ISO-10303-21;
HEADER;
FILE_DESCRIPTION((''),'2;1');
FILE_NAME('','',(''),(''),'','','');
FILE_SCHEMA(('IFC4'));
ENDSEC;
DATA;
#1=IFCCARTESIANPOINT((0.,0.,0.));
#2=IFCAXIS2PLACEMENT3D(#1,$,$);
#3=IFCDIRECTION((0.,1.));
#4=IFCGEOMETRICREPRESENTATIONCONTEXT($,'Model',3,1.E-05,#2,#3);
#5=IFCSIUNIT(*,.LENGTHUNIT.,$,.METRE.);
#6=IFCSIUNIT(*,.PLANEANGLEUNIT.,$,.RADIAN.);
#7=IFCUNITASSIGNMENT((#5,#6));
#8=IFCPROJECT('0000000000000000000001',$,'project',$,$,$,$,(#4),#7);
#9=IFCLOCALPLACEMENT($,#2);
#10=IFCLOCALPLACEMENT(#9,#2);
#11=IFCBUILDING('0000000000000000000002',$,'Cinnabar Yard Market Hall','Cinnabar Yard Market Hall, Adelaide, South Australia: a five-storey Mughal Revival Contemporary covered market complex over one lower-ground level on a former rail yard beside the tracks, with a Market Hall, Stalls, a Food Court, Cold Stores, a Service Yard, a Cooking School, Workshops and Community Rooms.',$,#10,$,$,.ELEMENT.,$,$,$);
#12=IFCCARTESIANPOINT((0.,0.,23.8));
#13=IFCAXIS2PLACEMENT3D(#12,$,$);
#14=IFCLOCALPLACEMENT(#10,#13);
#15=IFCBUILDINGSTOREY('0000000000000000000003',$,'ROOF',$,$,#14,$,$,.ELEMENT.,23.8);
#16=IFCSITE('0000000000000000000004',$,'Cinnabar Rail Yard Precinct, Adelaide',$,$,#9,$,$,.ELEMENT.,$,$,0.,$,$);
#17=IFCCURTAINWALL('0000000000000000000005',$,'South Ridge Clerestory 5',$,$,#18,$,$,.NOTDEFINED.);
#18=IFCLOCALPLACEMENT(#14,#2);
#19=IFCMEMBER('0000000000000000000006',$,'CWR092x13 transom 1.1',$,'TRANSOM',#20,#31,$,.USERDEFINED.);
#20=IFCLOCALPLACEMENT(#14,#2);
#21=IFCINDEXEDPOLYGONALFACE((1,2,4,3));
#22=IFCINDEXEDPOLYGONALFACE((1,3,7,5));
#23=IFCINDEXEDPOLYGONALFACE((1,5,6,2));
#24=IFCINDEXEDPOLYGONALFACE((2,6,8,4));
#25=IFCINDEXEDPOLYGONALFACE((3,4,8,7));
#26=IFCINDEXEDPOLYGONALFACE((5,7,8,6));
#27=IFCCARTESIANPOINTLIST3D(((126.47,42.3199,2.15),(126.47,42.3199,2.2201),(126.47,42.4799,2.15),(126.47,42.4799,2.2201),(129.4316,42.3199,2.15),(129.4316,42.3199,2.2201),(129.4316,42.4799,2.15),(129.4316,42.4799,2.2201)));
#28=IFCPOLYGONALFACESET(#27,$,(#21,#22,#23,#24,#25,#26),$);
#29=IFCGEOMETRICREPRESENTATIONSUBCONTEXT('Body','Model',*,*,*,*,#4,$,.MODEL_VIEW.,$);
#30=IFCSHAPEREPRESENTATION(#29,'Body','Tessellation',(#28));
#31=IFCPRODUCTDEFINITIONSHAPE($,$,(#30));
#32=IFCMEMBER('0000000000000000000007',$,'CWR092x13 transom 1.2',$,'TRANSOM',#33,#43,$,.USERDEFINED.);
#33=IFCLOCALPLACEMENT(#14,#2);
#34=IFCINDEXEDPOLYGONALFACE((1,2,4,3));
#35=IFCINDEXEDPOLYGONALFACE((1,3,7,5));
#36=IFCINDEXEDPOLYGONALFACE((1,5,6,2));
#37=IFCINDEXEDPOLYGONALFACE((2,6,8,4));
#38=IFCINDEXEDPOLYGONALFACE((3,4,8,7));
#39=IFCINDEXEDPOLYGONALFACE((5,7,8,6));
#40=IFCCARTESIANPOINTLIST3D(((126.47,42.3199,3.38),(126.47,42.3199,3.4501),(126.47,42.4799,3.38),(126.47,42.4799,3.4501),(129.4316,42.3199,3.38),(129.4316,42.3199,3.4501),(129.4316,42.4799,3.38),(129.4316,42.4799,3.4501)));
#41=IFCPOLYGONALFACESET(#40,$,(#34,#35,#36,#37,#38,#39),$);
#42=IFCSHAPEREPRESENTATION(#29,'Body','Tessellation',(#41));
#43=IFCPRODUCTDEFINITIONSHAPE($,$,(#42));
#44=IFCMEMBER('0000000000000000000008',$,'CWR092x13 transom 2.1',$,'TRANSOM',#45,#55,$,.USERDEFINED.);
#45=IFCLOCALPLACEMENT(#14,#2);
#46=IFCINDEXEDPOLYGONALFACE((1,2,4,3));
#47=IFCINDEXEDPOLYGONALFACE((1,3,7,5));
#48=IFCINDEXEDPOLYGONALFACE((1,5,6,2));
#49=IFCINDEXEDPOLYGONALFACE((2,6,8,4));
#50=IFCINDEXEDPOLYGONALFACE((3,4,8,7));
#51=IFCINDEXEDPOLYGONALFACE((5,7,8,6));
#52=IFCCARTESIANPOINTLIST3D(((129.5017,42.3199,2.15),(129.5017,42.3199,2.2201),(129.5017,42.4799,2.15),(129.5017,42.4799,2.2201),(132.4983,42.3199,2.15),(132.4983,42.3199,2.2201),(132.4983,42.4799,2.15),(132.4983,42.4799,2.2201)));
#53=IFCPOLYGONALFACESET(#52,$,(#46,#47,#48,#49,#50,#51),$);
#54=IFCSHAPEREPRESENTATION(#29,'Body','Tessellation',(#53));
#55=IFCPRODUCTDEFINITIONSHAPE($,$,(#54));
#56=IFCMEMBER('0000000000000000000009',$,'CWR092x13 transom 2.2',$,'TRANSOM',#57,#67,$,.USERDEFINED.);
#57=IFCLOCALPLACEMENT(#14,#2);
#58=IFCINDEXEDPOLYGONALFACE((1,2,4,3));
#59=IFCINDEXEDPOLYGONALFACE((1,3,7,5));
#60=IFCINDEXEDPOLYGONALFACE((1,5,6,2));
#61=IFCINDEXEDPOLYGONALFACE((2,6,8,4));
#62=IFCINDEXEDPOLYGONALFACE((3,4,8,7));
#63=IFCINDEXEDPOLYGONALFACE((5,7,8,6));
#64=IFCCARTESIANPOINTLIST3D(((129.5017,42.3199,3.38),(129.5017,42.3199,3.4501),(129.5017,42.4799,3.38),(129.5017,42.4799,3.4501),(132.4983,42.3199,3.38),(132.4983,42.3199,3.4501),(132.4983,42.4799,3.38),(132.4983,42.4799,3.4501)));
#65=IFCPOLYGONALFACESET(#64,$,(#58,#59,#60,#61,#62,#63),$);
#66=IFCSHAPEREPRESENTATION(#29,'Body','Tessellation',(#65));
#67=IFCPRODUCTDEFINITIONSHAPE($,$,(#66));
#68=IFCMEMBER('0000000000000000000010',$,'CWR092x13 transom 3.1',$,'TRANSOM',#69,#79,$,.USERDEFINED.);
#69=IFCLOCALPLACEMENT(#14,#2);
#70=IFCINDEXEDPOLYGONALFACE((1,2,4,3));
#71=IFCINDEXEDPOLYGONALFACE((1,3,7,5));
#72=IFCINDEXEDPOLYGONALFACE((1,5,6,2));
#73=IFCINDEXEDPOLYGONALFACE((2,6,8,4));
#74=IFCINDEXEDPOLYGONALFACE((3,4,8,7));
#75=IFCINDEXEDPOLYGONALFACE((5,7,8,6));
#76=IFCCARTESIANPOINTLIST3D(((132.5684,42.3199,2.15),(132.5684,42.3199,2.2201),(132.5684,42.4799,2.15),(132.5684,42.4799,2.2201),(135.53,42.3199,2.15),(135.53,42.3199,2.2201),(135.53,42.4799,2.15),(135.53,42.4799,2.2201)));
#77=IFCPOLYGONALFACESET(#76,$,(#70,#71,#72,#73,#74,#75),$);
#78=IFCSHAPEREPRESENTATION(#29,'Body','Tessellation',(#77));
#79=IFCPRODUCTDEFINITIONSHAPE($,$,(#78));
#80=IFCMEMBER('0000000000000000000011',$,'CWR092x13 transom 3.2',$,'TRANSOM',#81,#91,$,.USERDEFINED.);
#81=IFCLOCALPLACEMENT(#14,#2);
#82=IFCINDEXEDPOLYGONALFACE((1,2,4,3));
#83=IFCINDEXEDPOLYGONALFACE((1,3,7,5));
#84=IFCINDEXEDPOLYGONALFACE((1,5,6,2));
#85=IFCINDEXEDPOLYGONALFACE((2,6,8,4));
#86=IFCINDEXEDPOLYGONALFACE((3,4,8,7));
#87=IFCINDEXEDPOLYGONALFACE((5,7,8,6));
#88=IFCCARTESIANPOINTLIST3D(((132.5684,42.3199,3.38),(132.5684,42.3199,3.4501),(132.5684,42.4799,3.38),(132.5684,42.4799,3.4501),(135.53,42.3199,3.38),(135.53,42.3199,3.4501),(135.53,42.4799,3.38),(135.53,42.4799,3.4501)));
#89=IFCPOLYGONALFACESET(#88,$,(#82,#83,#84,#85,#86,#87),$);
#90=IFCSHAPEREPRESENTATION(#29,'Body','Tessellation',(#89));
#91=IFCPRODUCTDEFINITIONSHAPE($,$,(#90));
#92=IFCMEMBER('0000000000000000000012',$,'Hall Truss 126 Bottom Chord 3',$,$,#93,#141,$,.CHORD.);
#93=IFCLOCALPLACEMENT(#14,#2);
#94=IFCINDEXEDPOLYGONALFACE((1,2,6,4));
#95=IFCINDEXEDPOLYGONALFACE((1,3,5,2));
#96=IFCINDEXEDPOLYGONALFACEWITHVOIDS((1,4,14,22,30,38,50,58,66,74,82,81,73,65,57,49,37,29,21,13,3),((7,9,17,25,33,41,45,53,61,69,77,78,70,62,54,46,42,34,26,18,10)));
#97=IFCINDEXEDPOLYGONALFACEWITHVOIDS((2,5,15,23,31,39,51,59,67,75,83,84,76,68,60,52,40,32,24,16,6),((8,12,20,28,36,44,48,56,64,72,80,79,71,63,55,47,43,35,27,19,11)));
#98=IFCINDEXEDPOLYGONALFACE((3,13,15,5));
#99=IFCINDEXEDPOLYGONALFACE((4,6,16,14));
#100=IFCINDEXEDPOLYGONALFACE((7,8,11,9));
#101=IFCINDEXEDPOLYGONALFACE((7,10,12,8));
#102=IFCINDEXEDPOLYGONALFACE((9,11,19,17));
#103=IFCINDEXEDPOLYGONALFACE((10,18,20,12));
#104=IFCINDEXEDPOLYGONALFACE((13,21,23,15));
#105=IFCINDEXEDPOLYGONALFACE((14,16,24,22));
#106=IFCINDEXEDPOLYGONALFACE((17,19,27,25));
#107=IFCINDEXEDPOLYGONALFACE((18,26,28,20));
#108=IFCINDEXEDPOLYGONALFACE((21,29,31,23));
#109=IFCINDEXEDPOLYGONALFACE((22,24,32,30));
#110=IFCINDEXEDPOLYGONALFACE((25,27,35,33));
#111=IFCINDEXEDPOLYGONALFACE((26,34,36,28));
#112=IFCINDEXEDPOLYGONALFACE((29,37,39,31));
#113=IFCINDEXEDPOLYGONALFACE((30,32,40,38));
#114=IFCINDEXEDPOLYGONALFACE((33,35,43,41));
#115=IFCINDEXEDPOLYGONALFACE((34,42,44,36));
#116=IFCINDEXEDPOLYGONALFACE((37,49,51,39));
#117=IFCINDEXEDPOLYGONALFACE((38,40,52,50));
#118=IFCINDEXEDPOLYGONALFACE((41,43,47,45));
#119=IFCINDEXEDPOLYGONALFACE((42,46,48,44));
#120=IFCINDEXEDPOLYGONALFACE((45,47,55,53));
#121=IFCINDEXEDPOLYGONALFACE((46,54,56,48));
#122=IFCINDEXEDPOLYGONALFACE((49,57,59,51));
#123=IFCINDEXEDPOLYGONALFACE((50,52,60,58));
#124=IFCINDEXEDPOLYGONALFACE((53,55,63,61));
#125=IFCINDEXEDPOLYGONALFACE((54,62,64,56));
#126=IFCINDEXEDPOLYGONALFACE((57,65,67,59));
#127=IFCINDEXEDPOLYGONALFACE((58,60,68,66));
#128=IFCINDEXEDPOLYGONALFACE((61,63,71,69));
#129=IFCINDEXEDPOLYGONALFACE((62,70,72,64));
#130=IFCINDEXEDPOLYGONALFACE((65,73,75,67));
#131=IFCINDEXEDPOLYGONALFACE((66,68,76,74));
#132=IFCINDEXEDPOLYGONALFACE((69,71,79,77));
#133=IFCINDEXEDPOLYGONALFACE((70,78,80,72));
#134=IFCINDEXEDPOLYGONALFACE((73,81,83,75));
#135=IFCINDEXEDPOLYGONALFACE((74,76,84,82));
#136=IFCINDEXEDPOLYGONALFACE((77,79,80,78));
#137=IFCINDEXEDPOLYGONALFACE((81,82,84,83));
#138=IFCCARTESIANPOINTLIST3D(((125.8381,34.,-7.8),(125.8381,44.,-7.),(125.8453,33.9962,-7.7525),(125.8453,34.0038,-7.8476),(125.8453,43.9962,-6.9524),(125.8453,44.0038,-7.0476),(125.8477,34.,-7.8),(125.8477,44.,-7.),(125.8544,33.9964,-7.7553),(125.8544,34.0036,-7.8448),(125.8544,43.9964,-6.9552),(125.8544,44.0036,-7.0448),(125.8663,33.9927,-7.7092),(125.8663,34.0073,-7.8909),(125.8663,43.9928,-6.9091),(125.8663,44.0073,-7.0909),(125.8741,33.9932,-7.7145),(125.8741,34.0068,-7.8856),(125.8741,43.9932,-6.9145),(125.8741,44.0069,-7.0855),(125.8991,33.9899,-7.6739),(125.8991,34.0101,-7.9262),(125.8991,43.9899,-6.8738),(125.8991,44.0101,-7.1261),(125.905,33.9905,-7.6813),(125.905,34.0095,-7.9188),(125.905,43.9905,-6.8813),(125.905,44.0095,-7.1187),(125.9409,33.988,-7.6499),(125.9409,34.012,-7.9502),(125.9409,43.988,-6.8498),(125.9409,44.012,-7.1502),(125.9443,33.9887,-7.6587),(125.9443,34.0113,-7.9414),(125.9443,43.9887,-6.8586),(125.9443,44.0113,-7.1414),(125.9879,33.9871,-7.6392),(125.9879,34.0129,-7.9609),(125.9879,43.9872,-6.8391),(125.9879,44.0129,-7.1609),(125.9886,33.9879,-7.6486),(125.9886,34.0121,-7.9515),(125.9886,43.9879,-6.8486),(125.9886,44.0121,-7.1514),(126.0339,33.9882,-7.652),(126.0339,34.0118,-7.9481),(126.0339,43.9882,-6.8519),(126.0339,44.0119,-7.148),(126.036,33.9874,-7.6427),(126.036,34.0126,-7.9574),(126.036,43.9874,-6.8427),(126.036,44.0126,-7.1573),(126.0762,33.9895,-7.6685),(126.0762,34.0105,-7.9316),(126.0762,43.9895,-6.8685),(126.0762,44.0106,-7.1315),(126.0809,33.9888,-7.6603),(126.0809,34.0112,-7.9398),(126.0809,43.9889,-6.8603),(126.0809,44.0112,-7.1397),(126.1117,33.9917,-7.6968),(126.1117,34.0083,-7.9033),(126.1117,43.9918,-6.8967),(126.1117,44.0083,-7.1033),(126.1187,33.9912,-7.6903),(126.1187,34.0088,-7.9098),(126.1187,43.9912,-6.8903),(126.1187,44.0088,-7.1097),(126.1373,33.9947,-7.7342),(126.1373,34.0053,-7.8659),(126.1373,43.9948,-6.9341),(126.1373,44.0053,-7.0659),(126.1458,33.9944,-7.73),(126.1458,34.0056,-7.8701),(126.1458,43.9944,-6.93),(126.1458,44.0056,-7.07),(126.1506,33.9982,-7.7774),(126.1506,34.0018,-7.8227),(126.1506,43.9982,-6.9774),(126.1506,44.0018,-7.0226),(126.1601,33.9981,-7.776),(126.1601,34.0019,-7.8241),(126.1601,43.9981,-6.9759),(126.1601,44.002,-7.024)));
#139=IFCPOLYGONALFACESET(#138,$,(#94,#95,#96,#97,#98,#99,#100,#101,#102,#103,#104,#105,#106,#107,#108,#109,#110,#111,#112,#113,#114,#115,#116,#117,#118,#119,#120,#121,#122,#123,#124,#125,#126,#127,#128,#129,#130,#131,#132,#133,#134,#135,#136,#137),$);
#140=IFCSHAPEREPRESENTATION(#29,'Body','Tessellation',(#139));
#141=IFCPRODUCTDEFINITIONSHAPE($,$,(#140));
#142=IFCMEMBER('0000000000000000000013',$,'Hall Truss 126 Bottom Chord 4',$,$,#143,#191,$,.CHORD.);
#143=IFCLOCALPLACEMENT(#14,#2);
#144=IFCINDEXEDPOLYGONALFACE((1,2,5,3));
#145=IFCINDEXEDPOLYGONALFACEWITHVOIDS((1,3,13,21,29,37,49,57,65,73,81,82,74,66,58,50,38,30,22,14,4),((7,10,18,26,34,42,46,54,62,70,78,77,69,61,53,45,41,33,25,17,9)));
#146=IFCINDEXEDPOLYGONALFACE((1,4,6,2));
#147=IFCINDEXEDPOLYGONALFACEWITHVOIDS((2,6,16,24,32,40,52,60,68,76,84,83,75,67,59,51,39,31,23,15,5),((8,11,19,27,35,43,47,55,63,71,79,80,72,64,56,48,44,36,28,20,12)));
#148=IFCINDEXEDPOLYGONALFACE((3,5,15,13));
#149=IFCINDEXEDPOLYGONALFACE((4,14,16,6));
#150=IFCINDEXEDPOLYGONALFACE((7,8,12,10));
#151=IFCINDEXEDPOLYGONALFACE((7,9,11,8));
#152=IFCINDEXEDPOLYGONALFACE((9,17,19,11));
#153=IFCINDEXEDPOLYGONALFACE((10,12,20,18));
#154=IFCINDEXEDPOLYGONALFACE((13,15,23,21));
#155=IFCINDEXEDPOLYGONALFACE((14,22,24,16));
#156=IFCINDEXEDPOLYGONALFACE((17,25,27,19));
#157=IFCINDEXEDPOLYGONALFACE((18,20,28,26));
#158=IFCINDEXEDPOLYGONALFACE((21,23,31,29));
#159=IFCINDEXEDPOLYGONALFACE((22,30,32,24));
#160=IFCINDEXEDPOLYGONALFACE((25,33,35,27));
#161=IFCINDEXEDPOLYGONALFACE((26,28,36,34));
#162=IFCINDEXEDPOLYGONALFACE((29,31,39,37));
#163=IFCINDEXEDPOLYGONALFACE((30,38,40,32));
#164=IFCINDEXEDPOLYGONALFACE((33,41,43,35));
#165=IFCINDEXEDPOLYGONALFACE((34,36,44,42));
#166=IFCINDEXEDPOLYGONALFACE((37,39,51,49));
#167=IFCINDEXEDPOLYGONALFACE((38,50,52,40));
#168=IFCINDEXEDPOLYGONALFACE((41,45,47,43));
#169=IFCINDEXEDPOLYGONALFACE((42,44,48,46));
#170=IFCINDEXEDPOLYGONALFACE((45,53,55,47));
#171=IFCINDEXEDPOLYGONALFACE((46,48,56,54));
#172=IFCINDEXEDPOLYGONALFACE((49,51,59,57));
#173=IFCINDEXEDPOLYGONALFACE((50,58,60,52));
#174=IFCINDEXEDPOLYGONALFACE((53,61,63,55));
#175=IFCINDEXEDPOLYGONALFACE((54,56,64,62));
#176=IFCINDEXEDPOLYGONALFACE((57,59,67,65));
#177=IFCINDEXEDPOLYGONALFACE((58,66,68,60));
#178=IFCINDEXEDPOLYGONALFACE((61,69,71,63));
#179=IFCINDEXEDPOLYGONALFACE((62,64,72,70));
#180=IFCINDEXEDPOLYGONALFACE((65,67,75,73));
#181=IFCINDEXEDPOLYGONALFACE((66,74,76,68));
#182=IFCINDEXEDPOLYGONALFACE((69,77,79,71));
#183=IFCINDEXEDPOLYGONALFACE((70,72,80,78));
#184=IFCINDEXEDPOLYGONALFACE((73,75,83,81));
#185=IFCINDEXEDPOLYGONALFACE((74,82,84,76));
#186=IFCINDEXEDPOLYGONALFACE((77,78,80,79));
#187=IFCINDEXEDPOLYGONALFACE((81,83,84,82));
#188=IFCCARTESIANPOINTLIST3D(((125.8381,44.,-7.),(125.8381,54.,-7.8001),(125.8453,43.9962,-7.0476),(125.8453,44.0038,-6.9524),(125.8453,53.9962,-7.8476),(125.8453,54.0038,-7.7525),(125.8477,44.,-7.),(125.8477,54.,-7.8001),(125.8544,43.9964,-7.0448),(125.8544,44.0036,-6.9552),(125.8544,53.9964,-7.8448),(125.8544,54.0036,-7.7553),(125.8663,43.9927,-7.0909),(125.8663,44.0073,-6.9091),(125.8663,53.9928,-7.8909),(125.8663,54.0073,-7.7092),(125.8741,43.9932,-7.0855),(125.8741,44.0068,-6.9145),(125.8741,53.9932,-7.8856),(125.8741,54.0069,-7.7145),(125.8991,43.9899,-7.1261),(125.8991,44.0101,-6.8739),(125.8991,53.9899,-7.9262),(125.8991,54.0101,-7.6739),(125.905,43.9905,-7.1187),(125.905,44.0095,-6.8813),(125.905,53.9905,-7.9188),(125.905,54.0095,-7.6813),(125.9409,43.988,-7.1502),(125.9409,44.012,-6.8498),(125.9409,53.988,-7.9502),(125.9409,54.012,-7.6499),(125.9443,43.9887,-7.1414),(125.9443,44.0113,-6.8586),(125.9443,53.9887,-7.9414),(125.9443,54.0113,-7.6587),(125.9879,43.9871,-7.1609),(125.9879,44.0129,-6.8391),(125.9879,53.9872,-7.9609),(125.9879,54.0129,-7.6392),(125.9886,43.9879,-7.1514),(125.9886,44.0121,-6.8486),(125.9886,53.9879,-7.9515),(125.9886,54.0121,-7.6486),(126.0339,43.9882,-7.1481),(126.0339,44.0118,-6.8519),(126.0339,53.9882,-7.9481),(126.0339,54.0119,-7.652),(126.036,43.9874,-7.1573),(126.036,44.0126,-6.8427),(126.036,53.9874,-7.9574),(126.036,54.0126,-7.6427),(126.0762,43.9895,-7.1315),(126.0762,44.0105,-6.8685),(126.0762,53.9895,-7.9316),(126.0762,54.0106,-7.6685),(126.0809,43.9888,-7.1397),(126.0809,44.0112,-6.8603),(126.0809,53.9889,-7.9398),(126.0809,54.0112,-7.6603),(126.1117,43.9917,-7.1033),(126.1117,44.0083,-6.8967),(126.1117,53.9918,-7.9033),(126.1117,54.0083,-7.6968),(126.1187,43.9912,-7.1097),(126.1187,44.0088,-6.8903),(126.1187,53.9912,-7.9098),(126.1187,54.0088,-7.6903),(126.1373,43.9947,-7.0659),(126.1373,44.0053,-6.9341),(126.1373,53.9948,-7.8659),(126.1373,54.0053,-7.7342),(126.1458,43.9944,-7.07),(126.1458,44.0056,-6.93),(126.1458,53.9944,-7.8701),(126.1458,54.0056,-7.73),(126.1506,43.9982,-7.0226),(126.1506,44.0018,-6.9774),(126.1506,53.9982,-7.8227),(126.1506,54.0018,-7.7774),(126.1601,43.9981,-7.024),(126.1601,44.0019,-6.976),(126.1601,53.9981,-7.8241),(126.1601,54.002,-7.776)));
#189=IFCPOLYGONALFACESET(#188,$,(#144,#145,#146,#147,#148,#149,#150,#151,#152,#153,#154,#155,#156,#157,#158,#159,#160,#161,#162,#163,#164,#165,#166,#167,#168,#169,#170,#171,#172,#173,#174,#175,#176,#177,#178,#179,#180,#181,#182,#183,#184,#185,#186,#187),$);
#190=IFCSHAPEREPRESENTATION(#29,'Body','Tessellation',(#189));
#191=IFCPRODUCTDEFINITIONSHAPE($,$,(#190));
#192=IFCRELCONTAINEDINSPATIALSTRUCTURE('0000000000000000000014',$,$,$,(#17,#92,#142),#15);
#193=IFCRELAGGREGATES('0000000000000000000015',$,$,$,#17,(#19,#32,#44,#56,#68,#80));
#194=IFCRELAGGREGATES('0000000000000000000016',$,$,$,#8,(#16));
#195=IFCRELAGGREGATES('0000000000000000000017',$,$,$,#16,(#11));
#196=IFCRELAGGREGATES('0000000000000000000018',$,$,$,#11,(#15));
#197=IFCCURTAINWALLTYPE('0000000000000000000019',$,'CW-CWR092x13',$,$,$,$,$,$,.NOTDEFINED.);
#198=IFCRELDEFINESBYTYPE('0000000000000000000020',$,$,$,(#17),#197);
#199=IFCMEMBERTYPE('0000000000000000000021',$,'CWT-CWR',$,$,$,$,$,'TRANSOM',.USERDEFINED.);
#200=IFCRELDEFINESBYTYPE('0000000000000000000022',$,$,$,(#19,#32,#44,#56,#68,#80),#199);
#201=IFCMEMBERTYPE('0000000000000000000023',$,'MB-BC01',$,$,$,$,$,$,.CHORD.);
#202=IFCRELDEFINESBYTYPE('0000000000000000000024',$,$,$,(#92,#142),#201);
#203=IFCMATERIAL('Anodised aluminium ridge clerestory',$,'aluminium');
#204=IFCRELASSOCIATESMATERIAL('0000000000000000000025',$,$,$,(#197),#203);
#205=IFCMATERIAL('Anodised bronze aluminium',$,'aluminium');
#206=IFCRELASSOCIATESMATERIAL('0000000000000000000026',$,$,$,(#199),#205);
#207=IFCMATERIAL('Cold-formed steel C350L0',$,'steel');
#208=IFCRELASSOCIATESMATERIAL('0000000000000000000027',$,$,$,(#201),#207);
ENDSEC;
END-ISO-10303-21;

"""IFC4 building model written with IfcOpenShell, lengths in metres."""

from ifc_helpers import new_model, si_unit, direction, frame, origin, origin_2d_with_axis, place, context, subcontext, project, spatial, rectangle, hollow_circle, extrude, material, material_profile, profile_set, type_object, element, aggregate, save


model = new_model("IFC4")

# Units and contexts
model_context = context("Model", 3, precision=1e-05, world=origin(), true_north=direction((0.0, 1.0)))
body_context = subcontext(model_context, "Body", "Model", "MODEL_VIEW")
ifc_project = project(units=[si_unit("LENGTHUNIT", "METRE"), si_unit("PLANEANGLEUNIT", "RADIAN")], contexts=[model_context])

# Site, building, storey
site_placement = place(None, origin())
site = spatial("IfcSite", under=ifc_project, at=site_placement, Name="Cinnabar Rail Yard Precinct, Adelaide", CompositionType="ELEMENT", RefElevation=0.0)
building_placement = place(site_placement, origin())
building = spatial("IfcBuilding", under=site, at=building_placement, Name="Cinnabar Yard Market Hall", Description="Cinnabar Yard Market Hall, Adelaide, South Australia: a five-storey Mughal Revival Contemporary covered market complex over one lower-ground level on a former rail yard beside the tracks, with a Market Hall, Stalls, a Food Court, Cold Stores, a Service Yard, a Cooking School, Workshops and Community Rooms.", CompositionType="ELEMENT")
storey_placement = place(building_placement, frame((0.0, 0.0, 23.8)))
storey = spatial("IfcBuildingStorey", under=building, at=storey_placement, Name="ROOF", CompositionType="ELEMENT", Elevation=23.8)

# Curtain wall, members
ifc_material_1 = material(Name="Anodised aluminium ridge clerestory", Category="aluminium")
curtain_wall_type = type_object("IfcCurtainWallType", Name="CW-CWR092x13", PredefinedType="NOTDEFINED", material=ifc_material_1)
curtain_wall_placement = place(storey_placement, origin())
curtain_wall = element("IfcCurtainWall", 1, at=curtain_wall_placement, inside=storey, type_object=curtain_wall_type, Name="South Ridge Clerestory 5", PredefinedType="NOTDEFINED")
ifc_material_2 = material(Name="Anodised bronze aluminium", Category="aluminium")
ifc_material_profile_1 = material_profile(ifc_material_2, rectangle(XDim=0.1599, YDim=0.0701, at=origin_2d_with_axis()), Name="TRN-CWR")
ifc_profile_set_1 = profile_set([ifc_material_profile_1], Name="Anodised bronze aluminium")
member_type_1 = type_object("IfcMemberType", Name="CWT-CWR", ElementType="TRANSOM", PredefinedType="USERDEFINED", material=ifc_profile_set_1)
member_1_placement = place(storey_placement, frame((126.47, 42.3999, 2.1851), z_axis=(1.0, 0.0, 0.0), x_axis=(0.0, 1.0, 0.0)))
member_1 = element("IfcMember", 2, at=member_1_placement, type_object=member_type_1, Name="CWR092x13 transom 1.1", ObjectType="TRANSOM", PredefinedType="USERDEFINED", context=body_context, shape_type="SweptSolid", body=[
    extrude(rectangle(XDim=0.1599, YDim=0.0701, at=origin_2d_with_axis()), origin(), (0.0, 0.0, 1.0), 2.9617),
])
member_2_placement = place(storey_placement, frame((126.47, 42.3999, 3.415), z_axis=(1.0, 0.0, 0.0), x_axis=(0.0, 1.0, 0.0)))
member_2 = element("IfcMember", 3, at=member_2_placement, type_object=member_type_1, Name="CWR092x13 transom 1.2", ObjectType="TRANSOM", PredefinedType="USERDEFINED", context=body_context, shape_type="SweptSolid", body=[
    extrude(rectangle(XDim=0.1599, YDim=0.0701, at=origin_2d_with_axis()), origin(), (0.0, 0.0, 1.0), 2.9617),
])
member_3_placement = place(storey_placement, frame((129.5017, 42.3999, 2.1851), z_axis=(1.0, 0.0, 0.0), x_axis=(0.0, 1.0, 0.0)))
member_3 = element("IfcMember", 4, at=member_3_placement, type_object=member_type_1, Name="CWR092x13 transom 2.1", ObjectType="TRANSOM", PredefinedType="USERDEFINED", context=body_context, shape_type="SweptSolid", body=[
    extrude(rectangle(XDim=0.1599, YDim=0.0701, at=origin_2d_with_axis()), origin(), (0.0, 0.0, 1.0), 2.9966),
])
member_4_placement = place(storey_placement, frame((129.5017, 42.3999, 3.415), z_axis=(1.0, 0.0, 0.0), x_axis=(0.0, 1.0, 0.0)))
member_4 = element("IfcMember", 5, at=member_4_placement, type_object=member_type_1, Name="CWR092x13 transom 2.2", ObjectType="TRANSOM", PredefinedType="USERDEFINED", context=body_context, shape_type="SweptSolid", body=[
    extrude(rectangle(XDim=0.1599, YDim=0.0701, at=origin_2d_with_axis()), origin(), (0.0, 0.0, 1.0), 2.9966),
])
member_5_placement = place(storey_placement, frame((132.5684, 42.3999, 2.1851), z_axis=(1.0, 0.0, 0.0), x_axis=(0.0, 1.0, 0.0)))
member_5 = element("IfcMember", 6, at=member_5_placement, type_object=member_type_1, Name="CWR092x13 transom 3.1", ObjectType="TRANSOM", PredefinedType="USERDEFINED", context=body_context, shape_type="SweptSolid", body=[
    extrude(rectangle(XDim=0.1599, YDim=0.0701, at=origin_2d_with_axis()), origin(), (0.0, 0.0, 1.0), 2.9617),
])
member_6_placement = place(storey_placement, frame((132.5684, 42.3999, 3.415), z_axis=(1.0, 0.0, 0.0), x_axis=(0.0, 1.0, 0.0)))
member_6 = element("IfcMember", 7, at=member_6_placement, type_object=member_type_1, Name="CWR092x13 transom 3.2", ObjectType="TRANSOM", PredefinedType="USERDEFINED", context=body_context, shape_type="SweptSolid", body=[
    extrude(rectangle(XDim=0.1599, YDim=0.0701, at=origin_2d_with_axis()), origin(), (0.0, 0.0, 1.0), 2.9617),
])

# Members
ifc_material_3 = material(Name="Cold-formed steel C350L0", Category="steel")
ifc_material_profile_2 = material_profile(ifc_material_3, hollow_circle(Radius=0.1619, WallThickness=0.0095, at=origin_2d_with_axis()), Name="323.9x9.5CHS")
ifc_profile_set_2 = profile_set([ifc_material_profile_2], Name="Cold-formed steel C350L0")
member_type_2 = type_object("IfcMemberType", Name="MB-BC01", PredefinedType="CHORD", material=ifc_profile_set_2)
for number, where, z_axis, x_axis, name in (
    (8, (126.0, 34.0, -7.8), (0.0, 0.996815, 0.07975), (-1.0, 0.0, 0.0), "Hall Truss 126 Bottom Chord 3"),
    (9, (126.0, 44.0, -7.0), (0.0, 0.996815, -0.07975), (-1.0, 0.0, 0.0), "Hall Truss 126 Bottom Chord 4"),
):
    element("IfcMember", number, at=place(storey_placement, frame(where, z_axis=z_axis, x_axis=x_axis)), inside=storey, type_object=member_type_2, Name=name, PredefinedType="CHORD", context=body_context, shape_type="SweptSolid", body=[
        extrude(hollow_circle(Radius=0.1619, WallThickness=0.0095, at=origin_2d_with_axis()), origin(), (0.0, 0.0, 1.0), 10.032),
    ])

aggregate(curtain_wall, [member_1, member_2, member_3, member_4, member_5, member_6])

save(model, "model.ifc")
